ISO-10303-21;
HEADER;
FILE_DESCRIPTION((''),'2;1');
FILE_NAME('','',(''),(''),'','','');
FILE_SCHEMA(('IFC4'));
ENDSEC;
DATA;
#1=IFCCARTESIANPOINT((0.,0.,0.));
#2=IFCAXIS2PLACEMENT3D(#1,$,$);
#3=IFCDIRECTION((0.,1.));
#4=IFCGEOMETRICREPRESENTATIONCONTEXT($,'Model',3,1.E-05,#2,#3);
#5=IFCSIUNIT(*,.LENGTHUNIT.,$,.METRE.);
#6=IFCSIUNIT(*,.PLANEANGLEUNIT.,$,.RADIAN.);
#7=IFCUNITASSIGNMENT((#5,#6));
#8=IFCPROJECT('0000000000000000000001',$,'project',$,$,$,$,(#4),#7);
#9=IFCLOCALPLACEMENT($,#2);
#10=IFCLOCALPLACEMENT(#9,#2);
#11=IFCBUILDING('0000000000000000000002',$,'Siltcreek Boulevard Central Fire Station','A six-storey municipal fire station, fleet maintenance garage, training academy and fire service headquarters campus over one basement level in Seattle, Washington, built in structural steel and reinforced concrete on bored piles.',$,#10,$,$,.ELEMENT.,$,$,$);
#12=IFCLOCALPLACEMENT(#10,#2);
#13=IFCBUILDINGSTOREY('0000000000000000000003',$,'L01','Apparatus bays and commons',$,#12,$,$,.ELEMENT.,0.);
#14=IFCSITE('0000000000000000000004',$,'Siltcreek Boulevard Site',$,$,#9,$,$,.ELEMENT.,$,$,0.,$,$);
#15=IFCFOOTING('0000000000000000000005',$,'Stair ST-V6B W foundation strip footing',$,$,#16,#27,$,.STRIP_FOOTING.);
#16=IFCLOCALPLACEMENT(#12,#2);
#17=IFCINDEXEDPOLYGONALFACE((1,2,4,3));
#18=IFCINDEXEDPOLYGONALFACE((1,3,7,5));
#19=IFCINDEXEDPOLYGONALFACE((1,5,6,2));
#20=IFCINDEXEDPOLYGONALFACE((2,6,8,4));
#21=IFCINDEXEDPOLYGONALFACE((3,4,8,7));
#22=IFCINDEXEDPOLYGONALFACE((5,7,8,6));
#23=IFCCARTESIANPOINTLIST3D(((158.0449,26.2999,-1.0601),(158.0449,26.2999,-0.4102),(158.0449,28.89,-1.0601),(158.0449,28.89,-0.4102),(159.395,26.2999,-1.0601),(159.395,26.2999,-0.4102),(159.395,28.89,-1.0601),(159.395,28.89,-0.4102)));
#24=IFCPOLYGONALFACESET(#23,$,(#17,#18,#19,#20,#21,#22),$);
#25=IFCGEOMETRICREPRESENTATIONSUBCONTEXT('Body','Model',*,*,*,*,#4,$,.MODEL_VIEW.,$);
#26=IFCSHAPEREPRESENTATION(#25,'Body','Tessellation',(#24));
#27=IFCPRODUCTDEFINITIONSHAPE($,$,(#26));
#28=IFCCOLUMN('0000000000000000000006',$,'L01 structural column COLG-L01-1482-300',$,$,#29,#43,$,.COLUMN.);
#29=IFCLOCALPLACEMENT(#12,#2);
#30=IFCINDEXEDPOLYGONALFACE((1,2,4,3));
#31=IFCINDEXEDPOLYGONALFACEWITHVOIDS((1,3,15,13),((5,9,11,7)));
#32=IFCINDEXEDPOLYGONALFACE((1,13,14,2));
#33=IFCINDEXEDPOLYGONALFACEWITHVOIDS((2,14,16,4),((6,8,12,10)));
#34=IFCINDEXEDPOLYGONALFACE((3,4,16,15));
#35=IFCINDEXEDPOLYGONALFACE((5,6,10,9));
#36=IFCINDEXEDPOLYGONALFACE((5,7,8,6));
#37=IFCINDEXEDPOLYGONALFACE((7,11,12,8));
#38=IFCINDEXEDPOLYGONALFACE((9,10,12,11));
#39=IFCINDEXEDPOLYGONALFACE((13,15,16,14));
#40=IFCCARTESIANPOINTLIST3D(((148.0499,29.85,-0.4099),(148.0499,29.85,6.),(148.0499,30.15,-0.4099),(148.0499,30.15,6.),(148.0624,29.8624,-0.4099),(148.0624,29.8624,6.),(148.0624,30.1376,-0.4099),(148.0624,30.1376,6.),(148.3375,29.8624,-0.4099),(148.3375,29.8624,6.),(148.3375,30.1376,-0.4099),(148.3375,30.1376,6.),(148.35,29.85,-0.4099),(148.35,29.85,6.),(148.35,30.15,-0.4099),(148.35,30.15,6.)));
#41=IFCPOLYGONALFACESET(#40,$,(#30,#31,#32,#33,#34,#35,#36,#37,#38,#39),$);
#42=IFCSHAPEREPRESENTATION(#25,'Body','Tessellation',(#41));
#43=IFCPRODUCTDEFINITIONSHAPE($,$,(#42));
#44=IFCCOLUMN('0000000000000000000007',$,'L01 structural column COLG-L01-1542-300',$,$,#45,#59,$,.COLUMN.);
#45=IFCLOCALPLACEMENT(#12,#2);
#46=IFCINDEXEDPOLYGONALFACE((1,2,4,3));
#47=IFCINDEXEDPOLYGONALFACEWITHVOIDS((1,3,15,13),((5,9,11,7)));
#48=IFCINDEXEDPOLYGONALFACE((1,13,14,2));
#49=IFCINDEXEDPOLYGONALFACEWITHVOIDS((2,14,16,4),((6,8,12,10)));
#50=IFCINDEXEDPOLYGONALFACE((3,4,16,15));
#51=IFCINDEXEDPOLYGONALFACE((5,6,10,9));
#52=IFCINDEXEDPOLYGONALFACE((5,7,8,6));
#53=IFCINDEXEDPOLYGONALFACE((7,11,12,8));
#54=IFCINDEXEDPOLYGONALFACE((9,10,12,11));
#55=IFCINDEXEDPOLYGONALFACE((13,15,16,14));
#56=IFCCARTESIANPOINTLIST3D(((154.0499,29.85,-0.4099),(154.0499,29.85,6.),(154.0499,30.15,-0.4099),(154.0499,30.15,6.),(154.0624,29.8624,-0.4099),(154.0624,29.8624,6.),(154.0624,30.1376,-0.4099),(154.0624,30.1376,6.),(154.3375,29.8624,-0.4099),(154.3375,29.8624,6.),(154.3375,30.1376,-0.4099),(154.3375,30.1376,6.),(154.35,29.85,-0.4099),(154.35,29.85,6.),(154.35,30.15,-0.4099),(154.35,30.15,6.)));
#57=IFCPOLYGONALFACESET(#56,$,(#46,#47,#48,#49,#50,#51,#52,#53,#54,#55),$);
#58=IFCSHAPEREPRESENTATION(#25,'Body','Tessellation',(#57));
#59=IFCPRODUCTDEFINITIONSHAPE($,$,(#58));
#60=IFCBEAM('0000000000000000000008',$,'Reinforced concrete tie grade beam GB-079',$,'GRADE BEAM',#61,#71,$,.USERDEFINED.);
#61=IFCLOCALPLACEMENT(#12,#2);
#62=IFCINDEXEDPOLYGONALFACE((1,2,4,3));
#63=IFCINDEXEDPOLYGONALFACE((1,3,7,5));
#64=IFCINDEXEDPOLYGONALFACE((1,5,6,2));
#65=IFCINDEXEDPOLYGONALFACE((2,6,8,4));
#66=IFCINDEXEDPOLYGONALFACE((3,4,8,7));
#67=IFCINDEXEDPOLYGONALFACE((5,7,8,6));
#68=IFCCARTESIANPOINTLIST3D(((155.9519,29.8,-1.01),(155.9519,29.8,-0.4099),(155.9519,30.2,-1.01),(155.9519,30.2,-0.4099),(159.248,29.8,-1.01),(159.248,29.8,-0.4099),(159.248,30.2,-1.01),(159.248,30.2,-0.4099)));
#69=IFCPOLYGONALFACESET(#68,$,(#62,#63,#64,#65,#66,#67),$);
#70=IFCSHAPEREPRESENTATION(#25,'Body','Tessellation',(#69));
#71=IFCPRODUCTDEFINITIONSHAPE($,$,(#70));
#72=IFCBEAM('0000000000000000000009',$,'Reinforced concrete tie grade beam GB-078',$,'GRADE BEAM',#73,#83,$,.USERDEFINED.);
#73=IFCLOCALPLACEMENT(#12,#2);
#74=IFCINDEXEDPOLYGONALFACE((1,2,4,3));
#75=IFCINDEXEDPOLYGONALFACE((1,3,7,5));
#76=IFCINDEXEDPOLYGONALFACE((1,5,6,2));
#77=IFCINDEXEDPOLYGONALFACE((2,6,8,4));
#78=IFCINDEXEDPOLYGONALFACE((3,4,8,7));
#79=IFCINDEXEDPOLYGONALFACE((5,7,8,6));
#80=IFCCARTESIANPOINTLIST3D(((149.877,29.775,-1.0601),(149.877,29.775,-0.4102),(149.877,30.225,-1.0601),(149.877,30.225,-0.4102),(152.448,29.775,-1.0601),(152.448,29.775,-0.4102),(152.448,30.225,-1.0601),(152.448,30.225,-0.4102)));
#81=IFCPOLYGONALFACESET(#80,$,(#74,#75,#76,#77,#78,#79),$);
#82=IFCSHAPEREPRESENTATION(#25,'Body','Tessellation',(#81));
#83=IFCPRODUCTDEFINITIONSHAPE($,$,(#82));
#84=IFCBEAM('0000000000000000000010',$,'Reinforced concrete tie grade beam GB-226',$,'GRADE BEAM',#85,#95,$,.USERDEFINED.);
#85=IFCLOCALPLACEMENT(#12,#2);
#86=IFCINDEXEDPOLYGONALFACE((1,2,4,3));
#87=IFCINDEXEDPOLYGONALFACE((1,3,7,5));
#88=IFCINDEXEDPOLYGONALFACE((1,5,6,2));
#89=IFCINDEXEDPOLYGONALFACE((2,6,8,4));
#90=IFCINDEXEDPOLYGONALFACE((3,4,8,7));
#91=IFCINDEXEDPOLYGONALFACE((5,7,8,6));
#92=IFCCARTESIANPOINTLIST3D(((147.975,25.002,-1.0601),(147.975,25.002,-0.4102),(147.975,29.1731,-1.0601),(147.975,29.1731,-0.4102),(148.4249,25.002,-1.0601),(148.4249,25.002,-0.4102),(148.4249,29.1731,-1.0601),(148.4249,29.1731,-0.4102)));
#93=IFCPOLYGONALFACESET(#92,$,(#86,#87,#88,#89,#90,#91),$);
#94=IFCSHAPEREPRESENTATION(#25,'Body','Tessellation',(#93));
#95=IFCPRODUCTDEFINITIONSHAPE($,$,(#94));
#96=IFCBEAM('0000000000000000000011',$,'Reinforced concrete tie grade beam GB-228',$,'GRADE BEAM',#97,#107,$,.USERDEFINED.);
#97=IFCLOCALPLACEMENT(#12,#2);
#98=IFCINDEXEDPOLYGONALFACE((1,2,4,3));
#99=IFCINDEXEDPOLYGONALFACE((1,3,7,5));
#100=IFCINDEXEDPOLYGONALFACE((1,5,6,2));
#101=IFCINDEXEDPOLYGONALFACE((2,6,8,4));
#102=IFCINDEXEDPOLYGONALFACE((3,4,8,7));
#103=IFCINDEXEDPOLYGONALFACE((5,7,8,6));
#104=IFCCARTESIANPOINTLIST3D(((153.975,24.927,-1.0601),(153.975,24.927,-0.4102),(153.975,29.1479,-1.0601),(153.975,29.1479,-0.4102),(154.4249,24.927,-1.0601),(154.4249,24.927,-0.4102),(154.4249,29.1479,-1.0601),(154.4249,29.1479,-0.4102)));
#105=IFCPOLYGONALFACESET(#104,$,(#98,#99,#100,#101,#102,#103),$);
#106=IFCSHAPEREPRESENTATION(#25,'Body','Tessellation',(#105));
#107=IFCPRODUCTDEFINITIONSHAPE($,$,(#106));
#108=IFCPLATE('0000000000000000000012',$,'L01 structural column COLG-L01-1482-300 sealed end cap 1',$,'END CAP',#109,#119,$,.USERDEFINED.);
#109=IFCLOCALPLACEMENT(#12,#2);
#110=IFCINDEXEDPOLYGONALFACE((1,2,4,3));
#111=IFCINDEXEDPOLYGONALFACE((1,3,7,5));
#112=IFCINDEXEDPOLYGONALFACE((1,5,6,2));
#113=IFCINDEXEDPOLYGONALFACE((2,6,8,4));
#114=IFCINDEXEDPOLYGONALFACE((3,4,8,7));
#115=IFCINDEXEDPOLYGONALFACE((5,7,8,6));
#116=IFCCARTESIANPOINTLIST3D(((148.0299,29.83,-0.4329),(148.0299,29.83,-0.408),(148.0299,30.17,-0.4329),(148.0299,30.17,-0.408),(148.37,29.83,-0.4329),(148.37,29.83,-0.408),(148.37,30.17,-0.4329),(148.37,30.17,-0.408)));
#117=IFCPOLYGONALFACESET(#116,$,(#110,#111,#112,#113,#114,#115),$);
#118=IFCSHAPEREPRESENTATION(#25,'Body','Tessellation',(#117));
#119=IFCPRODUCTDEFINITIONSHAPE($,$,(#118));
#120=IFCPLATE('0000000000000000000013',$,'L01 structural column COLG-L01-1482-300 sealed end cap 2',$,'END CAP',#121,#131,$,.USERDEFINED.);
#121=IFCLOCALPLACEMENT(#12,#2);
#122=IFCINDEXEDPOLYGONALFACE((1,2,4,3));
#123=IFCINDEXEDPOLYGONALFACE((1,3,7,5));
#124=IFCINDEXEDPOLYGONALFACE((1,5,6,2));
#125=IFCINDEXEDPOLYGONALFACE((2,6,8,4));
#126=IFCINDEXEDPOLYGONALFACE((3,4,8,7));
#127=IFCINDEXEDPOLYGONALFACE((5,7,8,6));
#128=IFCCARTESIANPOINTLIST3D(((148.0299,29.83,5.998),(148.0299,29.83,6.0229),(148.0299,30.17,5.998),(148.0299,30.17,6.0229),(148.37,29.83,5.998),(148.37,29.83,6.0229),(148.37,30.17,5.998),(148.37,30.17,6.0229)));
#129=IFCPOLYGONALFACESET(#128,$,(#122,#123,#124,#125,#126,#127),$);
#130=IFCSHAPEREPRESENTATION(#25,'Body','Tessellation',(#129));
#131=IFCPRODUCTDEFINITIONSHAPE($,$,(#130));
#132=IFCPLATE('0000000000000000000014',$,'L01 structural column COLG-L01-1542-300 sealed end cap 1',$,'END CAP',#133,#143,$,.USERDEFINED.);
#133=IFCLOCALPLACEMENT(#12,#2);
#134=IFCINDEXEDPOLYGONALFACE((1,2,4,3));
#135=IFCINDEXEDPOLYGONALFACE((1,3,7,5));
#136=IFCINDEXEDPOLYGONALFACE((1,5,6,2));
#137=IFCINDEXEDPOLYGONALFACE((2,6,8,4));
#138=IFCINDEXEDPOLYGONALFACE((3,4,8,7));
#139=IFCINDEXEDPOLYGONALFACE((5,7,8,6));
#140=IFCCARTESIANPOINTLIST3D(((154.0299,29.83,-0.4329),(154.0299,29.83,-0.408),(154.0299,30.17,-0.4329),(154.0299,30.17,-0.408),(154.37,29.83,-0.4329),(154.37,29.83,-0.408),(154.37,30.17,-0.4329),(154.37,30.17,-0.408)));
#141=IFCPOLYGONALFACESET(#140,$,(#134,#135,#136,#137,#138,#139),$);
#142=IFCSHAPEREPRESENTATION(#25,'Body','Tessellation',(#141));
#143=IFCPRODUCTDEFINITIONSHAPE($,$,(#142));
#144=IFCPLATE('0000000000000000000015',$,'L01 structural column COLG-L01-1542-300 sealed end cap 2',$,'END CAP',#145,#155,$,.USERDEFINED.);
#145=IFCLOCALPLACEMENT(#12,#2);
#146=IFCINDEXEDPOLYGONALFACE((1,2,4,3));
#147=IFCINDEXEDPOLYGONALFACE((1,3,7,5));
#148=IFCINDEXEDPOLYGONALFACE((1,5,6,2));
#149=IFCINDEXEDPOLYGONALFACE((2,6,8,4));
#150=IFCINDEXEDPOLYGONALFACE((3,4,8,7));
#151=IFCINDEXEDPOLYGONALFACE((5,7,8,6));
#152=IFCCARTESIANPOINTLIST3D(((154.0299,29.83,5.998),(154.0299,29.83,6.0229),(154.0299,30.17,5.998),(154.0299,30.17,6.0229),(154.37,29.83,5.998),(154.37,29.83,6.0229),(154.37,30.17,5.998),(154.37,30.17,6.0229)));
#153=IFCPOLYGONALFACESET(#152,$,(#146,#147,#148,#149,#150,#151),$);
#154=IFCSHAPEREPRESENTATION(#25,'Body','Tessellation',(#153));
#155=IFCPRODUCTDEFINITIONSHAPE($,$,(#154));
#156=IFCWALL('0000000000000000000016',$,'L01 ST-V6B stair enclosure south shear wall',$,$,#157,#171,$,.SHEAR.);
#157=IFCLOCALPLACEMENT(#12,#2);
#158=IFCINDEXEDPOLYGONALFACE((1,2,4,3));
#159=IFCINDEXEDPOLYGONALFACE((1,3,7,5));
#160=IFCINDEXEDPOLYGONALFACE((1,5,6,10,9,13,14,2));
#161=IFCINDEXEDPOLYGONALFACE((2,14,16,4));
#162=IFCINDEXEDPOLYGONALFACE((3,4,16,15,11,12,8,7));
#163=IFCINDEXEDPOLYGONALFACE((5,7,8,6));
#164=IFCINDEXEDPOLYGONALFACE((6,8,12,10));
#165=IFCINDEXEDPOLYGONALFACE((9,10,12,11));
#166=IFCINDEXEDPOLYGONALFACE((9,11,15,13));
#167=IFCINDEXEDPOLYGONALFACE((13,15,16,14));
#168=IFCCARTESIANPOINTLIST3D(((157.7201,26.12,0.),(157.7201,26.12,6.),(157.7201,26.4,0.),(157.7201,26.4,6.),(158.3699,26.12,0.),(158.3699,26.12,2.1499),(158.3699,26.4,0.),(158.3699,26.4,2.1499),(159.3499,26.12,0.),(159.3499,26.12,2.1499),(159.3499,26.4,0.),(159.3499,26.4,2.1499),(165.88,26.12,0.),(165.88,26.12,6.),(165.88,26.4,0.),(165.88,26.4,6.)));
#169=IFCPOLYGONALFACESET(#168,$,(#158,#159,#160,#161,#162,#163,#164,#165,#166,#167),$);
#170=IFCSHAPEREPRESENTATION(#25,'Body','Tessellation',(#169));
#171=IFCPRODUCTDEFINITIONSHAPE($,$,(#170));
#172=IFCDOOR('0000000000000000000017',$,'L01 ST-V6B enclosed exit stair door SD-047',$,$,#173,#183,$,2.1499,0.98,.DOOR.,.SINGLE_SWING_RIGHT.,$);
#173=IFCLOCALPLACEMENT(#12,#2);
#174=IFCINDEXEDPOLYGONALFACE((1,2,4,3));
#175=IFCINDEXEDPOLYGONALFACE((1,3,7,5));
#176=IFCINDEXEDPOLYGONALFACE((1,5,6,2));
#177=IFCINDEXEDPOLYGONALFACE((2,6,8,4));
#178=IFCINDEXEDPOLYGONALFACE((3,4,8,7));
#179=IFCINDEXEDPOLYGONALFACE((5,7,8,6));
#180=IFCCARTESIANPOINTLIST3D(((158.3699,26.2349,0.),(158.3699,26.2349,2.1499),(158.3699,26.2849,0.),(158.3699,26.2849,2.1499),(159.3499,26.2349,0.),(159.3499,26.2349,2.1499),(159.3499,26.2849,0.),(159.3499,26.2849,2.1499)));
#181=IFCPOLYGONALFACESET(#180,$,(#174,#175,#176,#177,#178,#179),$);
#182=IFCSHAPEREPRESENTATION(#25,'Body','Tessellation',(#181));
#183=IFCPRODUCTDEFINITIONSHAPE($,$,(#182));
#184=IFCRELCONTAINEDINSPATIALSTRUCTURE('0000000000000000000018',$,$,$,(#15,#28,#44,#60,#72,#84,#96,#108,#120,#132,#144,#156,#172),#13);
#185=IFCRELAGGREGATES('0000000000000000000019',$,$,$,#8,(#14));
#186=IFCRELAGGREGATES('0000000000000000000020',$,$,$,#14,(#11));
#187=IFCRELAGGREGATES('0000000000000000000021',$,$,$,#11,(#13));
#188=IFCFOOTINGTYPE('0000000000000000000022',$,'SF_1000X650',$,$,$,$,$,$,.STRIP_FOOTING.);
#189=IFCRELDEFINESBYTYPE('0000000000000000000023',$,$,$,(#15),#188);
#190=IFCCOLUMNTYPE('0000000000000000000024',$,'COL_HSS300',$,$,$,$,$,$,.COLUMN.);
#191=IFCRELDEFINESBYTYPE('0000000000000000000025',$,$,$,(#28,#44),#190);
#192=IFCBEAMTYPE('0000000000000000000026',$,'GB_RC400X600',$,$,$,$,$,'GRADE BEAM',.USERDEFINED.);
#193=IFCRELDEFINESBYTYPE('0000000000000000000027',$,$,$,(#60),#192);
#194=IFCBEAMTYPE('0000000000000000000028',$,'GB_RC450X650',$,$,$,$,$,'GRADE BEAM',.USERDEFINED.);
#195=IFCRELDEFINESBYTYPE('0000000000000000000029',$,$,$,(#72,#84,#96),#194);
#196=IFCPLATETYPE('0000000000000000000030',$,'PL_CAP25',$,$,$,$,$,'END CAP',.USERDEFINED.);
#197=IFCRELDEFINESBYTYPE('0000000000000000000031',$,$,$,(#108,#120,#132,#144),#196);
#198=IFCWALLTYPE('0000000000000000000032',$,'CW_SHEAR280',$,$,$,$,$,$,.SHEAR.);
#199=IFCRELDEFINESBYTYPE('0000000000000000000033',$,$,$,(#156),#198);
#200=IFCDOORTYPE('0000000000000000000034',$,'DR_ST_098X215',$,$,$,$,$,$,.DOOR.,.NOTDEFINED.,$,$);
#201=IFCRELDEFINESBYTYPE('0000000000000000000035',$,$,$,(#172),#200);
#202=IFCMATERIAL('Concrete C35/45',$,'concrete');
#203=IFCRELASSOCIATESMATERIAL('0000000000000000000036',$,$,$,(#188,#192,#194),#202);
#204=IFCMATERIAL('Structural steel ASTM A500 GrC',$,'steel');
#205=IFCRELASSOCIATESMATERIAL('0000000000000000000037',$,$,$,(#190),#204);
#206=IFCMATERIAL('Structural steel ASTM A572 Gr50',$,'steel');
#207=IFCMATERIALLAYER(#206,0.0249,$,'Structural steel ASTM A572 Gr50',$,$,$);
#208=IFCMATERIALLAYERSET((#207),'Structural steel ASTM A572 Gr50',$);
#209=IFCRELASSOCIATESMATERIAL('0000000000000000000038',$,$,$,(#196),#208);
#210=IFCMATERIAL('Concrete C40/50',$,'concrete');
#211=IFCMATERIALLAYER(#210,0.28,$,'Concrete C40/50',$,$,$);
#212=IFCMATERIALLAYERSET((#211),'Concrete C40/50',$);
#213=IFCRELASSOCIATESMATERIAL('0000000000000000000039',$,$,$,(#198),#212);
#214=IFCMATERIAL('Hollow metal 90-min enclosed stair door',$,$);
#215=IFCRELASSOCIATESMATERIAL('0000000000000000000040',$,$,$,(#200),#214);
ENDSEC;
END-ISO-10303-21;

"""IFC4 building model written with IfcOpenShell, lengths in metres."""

from ifc_helpers import new_model, si_unit, direction, frame, frame_2d, origin, origin_2d, place, context, subcontext, project, spatial, rectangle, hollow_rectangle, extrude, material, layer, layer_set, material_profile, profile_set, type_object, element, fill, save


model = new_model("IFC4")

# Units and contexts
model_context = context("Model", 3, precision=1e-05, world=origin(), true_north=direction((0.0, 1.0)))
body_context = subcontext(model_context, "Body", "Model", "MODEL_VIEW")
ifc_project = project(units=[si_unit("LENGTHUNIT", "METRE"), si_unit("PLANEANGLEUNIT", "RADIAN")], contexts=[model_context])

# Site, building, storey
site_placement = place(None, origin())
site = spatial("IfcSite", under=ifc_project, at=site_placement, Name="Siltcreek Boulevard Site", CompositionType="ELEMENT", RefElevation=0.0)
building_placement = place(site_placement, origin())
building = spatial("IfcBuilding", under=site, at=building_placement, Name="Siltcreek Boulevard Central Fire Station", Description="A six-storey municipal fire station, fleet maintenance garage, training academy and fire service headquarters campus over one basement level in Seattle, Washington, built in structural steel and reinforced concrete on bored piles.", CompositionType="ELEMENT")
storey_placement = place(building_placement, origin())
storey = spatial("IfcBuildingStorey", under=building, at=storey_placement, Name="L01", Description="Apparatus bays and commons", CompositionType="ELEMENT", Elevation=0.0)

# Shared definitions
ifc_material_1 = material(Name="Concrete C35/45", Category="concrete")

# Footing
footing_type_1 = type_object("IfcFootingType", Name="SF_1000X650", PredefinedType="STRIP_FOOTING", material=ifc_material_1)
footing_1_placement = place(storey_placement, frame((158.72, 27.595, -1.0601), z_axis=(0.0, 0.0, 1.0), x_axis=(1.0, 0.0, 0.0)))
element("IfcFooting", 1, at=footing_1_placement, inside=storey, type_object=footing_type_1, Name="Stair ST-V6B W foundation strip footing", PredefinedType="STRIP_FOOTING", context=body_context, shape_type="SweptSolid", body=[
    extrude(rectangle(XDim=1.3501, YDim=2.5901, at=origin_2d()), origin(), (0.0, 0.0, 1.0), 0.6499),
])

# Columns
ifc_material_2 = material(Name="Structural steel ASTM A500 GrC", Category="steel")
ifc_material_profile_1 = material_profile(ifc_material_2, hollow_rectangle(XDim=0.3, YDim=0.3, WallThickness=0.0125, at=origin_2d()), Name="HSS300X300X12.5")
ifc_profile_set_1 = profile_set([ifc_material_profile_1], Name="Structural steel ASTM A500 GrC")
column_type = type_object("IfcColumnType", Name="COL_HSS300", PredefinedType="COLUMN", material=ifc_profile_set_1)
for number, where, z_axis, x_axis, name in (
    (2, (148.2, 30.0, -0.4099), (0.0, 0.0, 1.0), (1.0, 0.0, 0.0), "L01 structural column COLG-L01-1482-300"),
    (3, (154.2, 30.0, -0.4099), (0.0, 0.0, 1.0), (1.0, 0.0, 0.0), "L01 structural column COLG-L01-1542-300"),
):
    element("IfcColumn", number, at=place(storey_placement, frame(where, z_axis=z_axis, x_axis=x_axis)), inside=storey, type_object=column_type, Name=name, PredefinedType="COLUMN", context=body_context, shape_type="SweptSolid", body=[
        extrude(hollow_rectangle(XDim=0.3, YDim=0.3, WallThickness=0.0125, at=origin_2d()), origin(), (0.0, 0.0, 1.0), 6.4099),
    ])

# Beams
ifc_material_profile_2 = material_profile(ifc_material_1, rectangle(XDim=0.3999, YDim=0.6001, at=origin_2d()), Name="RC400X600")
ifc_profile_set_2 = profile_set([ifc_material_profile_2], Name="Concrete C35/45")
beam_type_1 = type_object("IfcBeamType", Name="GB_RC400X600", ElementType="GRADE BEAM", PredefinedType="USERDEFINED", material=ifc_profile_set_2)
beam_1_placement = place(storey_placement, frame((155.9519, 30.0, -0.71), z_axis=(1.0, 0.0, 0.0), x_axis=(0.0, 1.0, 0.0)))
element("IfcBeam", 4, at=beam_1_placement, inside=storey, type_object=beam_type_1, Name="Reinforced concrete tie grade beam GB-079", ObjectType="GRADE BEAM", PredefinedType="USERDEFINED", context=body_context, shape_type="SweptSolid", body=[
    extrude(rectangle(XDim=0.3999, YDim=0.6001, at=origin_2d()), origin(), (0.0, 0.0, 1.0), 3.2961),
])
ifc_material_profile_3 = material_profile(ifc_material_1, rectangle(XDim=0.45, YDim=0.6499, at=origin_2d()), Name="RC450X650")
ifc_profile_set_3 = profile_set([ifc_material_profile_3], Name="Concrete C35/45")
beam_type_2 = type_object("IfcBeamType", Name="GB_RC450X650", ElementType="GRADE BEAM", PredefinedType="USERDEFINED", material=ifc_profile_set_3)
beam_2_placement = place(storey_placement, frame((149.877, 30.0, -0.7351), z_axis=(1.0, 0.0, 0.0), x_axis=(0.0, 1.0, 0.0)))
element("IfcBeam", 5, at=beam_2_placement, inside=storey, type_object=beam_type_2, Name="Reinforced concrete tie grade beam GB-078", ObjectType="GRADE BEAM", PredefinedType="USERDEFINED", context=body_context, shape_type="SweptSolid", body=[
    extrude(rectangle(XDim=0.45, YDim=0.6499, at=origin_2d()), origin(), (0.0, 0.0, 1.0), 2.571),
])
beam_3_placement = place(storey_placement, frame((148.2, 25.002, -0.7351), z_axis=(0.0, 1.0, 0.0), x_axis=(-1.0, 0.0, 0.0)))
element("IfcBeam", 6, at=beam_3_placement, inside=storey, type_object=beam_type_2, Name="Reinforced concrete tie grade beam GB-226", ObjectType="GRADE BEAM", PredefinedType="USERDEFINED", context=body_context, shape_type="SweptSolid", body=[
    extrude(rectangle(XDim=0.45, YDim=0.6499, at=origin_2d()), origin(), (0.0, 0.0, 1.0), 4.1711),
])
beam_4_placement = place(storey_placement, frame((154.2, 24.927, -0.7351), z_axis=(0.0, 1.0, 0.0), x_axis=(-1.0, 0.0, 0.0)))
element("IfcBeam", 7, at=beam_4_placement, inside=storey, type_object=beam_type_2, Name="Reinforced concrete tie grade beam GB-228", ObjectType="GRADE BEAM", PredefinedType="USERDEFINED", context=body_context, shape_type="SweptSolid", body=[
    extrude(rectangle(XDim=0.45, YDim=0.6499, at=origin_2d()), origin(), (0.0, 0.0, 1.0), 4.2209),
])

# Plates
ifc_material_3 = material(Name="Structural steel ASTM A572 Gr50", Category="steel")
ifc_layer_1 = layer(ifc_material_3, 0.0249, Name="Structural steel ASTM A572 Gr50")
ifc_layer_set_1 = layer_set([ifc_layer_1], Name="Structural steel ASTM A572 Gr50")
plate_type = type_object("IfcPlateType", Name="PL_CAP25", ElementType="END CAP", PredefinedType="USERDEFINED", material=ifc_layer_set_1)
for number, where, z_axis, x_axis, name in (
    (8, (148.2, 30.0, -0.4329), (0.0, 0.0, 1.0), (1.0, 0.0, 0.0), "L01 structural column COLG-L01-1482-300 sealed end cap 1"),
    (9, (148.2, 30.0, 5.998), (0.0, 0.0, 1.0), (1.0, 0.0, 0.0), "L01 structural column COLG-L01-1482-300 sealed end cap 2"),
    (10, (154.2, 30.0, -0.4329), (0.0, 0.0, 1.0), (1.0, 0.0, 0.0), "L01 structural column COLG-L01-1542-300 sealed end cap 1"),
    (11, (154.2, 30.0, 5.998), (0.0, 0.0, 1.0), (1.0, 0.0, 0.0), "L01 structural column COLG-L01-1542-300 sealed end cap 2"),
):
    element("IfcPlate", number, at=place(storey_placement, frame(where, z_axis=z_axis, x_axis=x_axis)), inside=storey, type_object=plate_type, Name=name, ObjectType="END CAP", PredefinedType="USERDEFINED", context=body_context, shape_type="SweptSolid", body=[
        extrude(rectangle(XDim=0.3401, YDim=0.3401, at=origin_2d()), origin(), (0.0, 0.0, 1.0), 0.0249),
    ])

# Wall, opening, door
ifc_material_4 = material(Name="Concrete C40/50", Category="concrete")
ifc_layer_2 = layer(ifc_material_4, 0.28, Name="Concrete C40/50")
ifc_layer_set_2 = layer_set([ifc_layer_2], Name="Concrete C40/50")
wall_type_1 = type_object("IfcWallType", Name="CW_SHEAR280", PredefinedType="SHEAR", material=ifc_layer_set_2)
wall_1_placement = place(storey_placement, frame((157.72, 26.26, 0.0), z_axis=(0.0, 0.0, 1.0), x_axis=(1.0, 0.0, 0.0)))
wall_1 = element("IfcWall", 12, at=wall_1_placement, inside=storey, type_object=wall_type_1, Name="L01 ST-V6B stair enclosure south shear wall", PredefinedType="SHEAR", context=body_context, shape_type="SweptSolid", body=[
    extrude(rectangle(XDim=8.1599, YDim=0.28, at=frame_2d((4.0801, 0.0))), origin(), (0.0, 0.0, 1.0), 6.0),
])
opening_1_placement = place(wall_1_placement, frame((0.6499, 0.0, 0.0)))
opening_1 = element("IfcOpeningElement", 13, at=opening_1_placement, cuts=wall_1, PredefinedType="OPENING", context=body_context, shape_type="SweptSolid", body=[
    extrude(rectangle(XDim=0.98, YDim=2.1499, at=frame_2d((0.49, 1.075))), frame((0.0, 0.1499, 0.0), z_axis=(0.0, -1.0, 0.0), x_axis=(1.0, 0.0, 0.0)), (0.0, 0.0, 1.0), 0.3),
])
ifc_material_5 = material(Name="Hollow metal 90-min enclosed stair door")
door_type_1 = type_object("IfcDoorType", Name="DR_ST_098X215", OperationType="NOTDEFINED", PredefinedType="DOOR", material=ifc_material_5)
door_1_placement = place(opening_1_placement, origin())
door_1 = element("IfcDoor", 14, at=door_1_placement, inside=storey, type_object=door_type_1, Name="L01 ST-V6B enclosed exit stair door SD-047", OperationType="SINGLE_SWING_RIGHT", OverallHeight=2.1499, OverallWidth=0.98, PredefinedType="DOOR", context=body_context, shape_type="SweptSolid", body=[
    extrude(rectangle(XDim=0.98, YDim=2.1499, at=frame_2d((0.49, 1.075))), frame((0.0, 0.0249, 0.0), z_axis=(0.0, -1.0, 0.0), x_axis=(1.0, 0.0, 0.0)), (0.0, 0.0, 1.0), 0.05),
])
fill(opening_1, door_1)

save(model, "model.ifc")
